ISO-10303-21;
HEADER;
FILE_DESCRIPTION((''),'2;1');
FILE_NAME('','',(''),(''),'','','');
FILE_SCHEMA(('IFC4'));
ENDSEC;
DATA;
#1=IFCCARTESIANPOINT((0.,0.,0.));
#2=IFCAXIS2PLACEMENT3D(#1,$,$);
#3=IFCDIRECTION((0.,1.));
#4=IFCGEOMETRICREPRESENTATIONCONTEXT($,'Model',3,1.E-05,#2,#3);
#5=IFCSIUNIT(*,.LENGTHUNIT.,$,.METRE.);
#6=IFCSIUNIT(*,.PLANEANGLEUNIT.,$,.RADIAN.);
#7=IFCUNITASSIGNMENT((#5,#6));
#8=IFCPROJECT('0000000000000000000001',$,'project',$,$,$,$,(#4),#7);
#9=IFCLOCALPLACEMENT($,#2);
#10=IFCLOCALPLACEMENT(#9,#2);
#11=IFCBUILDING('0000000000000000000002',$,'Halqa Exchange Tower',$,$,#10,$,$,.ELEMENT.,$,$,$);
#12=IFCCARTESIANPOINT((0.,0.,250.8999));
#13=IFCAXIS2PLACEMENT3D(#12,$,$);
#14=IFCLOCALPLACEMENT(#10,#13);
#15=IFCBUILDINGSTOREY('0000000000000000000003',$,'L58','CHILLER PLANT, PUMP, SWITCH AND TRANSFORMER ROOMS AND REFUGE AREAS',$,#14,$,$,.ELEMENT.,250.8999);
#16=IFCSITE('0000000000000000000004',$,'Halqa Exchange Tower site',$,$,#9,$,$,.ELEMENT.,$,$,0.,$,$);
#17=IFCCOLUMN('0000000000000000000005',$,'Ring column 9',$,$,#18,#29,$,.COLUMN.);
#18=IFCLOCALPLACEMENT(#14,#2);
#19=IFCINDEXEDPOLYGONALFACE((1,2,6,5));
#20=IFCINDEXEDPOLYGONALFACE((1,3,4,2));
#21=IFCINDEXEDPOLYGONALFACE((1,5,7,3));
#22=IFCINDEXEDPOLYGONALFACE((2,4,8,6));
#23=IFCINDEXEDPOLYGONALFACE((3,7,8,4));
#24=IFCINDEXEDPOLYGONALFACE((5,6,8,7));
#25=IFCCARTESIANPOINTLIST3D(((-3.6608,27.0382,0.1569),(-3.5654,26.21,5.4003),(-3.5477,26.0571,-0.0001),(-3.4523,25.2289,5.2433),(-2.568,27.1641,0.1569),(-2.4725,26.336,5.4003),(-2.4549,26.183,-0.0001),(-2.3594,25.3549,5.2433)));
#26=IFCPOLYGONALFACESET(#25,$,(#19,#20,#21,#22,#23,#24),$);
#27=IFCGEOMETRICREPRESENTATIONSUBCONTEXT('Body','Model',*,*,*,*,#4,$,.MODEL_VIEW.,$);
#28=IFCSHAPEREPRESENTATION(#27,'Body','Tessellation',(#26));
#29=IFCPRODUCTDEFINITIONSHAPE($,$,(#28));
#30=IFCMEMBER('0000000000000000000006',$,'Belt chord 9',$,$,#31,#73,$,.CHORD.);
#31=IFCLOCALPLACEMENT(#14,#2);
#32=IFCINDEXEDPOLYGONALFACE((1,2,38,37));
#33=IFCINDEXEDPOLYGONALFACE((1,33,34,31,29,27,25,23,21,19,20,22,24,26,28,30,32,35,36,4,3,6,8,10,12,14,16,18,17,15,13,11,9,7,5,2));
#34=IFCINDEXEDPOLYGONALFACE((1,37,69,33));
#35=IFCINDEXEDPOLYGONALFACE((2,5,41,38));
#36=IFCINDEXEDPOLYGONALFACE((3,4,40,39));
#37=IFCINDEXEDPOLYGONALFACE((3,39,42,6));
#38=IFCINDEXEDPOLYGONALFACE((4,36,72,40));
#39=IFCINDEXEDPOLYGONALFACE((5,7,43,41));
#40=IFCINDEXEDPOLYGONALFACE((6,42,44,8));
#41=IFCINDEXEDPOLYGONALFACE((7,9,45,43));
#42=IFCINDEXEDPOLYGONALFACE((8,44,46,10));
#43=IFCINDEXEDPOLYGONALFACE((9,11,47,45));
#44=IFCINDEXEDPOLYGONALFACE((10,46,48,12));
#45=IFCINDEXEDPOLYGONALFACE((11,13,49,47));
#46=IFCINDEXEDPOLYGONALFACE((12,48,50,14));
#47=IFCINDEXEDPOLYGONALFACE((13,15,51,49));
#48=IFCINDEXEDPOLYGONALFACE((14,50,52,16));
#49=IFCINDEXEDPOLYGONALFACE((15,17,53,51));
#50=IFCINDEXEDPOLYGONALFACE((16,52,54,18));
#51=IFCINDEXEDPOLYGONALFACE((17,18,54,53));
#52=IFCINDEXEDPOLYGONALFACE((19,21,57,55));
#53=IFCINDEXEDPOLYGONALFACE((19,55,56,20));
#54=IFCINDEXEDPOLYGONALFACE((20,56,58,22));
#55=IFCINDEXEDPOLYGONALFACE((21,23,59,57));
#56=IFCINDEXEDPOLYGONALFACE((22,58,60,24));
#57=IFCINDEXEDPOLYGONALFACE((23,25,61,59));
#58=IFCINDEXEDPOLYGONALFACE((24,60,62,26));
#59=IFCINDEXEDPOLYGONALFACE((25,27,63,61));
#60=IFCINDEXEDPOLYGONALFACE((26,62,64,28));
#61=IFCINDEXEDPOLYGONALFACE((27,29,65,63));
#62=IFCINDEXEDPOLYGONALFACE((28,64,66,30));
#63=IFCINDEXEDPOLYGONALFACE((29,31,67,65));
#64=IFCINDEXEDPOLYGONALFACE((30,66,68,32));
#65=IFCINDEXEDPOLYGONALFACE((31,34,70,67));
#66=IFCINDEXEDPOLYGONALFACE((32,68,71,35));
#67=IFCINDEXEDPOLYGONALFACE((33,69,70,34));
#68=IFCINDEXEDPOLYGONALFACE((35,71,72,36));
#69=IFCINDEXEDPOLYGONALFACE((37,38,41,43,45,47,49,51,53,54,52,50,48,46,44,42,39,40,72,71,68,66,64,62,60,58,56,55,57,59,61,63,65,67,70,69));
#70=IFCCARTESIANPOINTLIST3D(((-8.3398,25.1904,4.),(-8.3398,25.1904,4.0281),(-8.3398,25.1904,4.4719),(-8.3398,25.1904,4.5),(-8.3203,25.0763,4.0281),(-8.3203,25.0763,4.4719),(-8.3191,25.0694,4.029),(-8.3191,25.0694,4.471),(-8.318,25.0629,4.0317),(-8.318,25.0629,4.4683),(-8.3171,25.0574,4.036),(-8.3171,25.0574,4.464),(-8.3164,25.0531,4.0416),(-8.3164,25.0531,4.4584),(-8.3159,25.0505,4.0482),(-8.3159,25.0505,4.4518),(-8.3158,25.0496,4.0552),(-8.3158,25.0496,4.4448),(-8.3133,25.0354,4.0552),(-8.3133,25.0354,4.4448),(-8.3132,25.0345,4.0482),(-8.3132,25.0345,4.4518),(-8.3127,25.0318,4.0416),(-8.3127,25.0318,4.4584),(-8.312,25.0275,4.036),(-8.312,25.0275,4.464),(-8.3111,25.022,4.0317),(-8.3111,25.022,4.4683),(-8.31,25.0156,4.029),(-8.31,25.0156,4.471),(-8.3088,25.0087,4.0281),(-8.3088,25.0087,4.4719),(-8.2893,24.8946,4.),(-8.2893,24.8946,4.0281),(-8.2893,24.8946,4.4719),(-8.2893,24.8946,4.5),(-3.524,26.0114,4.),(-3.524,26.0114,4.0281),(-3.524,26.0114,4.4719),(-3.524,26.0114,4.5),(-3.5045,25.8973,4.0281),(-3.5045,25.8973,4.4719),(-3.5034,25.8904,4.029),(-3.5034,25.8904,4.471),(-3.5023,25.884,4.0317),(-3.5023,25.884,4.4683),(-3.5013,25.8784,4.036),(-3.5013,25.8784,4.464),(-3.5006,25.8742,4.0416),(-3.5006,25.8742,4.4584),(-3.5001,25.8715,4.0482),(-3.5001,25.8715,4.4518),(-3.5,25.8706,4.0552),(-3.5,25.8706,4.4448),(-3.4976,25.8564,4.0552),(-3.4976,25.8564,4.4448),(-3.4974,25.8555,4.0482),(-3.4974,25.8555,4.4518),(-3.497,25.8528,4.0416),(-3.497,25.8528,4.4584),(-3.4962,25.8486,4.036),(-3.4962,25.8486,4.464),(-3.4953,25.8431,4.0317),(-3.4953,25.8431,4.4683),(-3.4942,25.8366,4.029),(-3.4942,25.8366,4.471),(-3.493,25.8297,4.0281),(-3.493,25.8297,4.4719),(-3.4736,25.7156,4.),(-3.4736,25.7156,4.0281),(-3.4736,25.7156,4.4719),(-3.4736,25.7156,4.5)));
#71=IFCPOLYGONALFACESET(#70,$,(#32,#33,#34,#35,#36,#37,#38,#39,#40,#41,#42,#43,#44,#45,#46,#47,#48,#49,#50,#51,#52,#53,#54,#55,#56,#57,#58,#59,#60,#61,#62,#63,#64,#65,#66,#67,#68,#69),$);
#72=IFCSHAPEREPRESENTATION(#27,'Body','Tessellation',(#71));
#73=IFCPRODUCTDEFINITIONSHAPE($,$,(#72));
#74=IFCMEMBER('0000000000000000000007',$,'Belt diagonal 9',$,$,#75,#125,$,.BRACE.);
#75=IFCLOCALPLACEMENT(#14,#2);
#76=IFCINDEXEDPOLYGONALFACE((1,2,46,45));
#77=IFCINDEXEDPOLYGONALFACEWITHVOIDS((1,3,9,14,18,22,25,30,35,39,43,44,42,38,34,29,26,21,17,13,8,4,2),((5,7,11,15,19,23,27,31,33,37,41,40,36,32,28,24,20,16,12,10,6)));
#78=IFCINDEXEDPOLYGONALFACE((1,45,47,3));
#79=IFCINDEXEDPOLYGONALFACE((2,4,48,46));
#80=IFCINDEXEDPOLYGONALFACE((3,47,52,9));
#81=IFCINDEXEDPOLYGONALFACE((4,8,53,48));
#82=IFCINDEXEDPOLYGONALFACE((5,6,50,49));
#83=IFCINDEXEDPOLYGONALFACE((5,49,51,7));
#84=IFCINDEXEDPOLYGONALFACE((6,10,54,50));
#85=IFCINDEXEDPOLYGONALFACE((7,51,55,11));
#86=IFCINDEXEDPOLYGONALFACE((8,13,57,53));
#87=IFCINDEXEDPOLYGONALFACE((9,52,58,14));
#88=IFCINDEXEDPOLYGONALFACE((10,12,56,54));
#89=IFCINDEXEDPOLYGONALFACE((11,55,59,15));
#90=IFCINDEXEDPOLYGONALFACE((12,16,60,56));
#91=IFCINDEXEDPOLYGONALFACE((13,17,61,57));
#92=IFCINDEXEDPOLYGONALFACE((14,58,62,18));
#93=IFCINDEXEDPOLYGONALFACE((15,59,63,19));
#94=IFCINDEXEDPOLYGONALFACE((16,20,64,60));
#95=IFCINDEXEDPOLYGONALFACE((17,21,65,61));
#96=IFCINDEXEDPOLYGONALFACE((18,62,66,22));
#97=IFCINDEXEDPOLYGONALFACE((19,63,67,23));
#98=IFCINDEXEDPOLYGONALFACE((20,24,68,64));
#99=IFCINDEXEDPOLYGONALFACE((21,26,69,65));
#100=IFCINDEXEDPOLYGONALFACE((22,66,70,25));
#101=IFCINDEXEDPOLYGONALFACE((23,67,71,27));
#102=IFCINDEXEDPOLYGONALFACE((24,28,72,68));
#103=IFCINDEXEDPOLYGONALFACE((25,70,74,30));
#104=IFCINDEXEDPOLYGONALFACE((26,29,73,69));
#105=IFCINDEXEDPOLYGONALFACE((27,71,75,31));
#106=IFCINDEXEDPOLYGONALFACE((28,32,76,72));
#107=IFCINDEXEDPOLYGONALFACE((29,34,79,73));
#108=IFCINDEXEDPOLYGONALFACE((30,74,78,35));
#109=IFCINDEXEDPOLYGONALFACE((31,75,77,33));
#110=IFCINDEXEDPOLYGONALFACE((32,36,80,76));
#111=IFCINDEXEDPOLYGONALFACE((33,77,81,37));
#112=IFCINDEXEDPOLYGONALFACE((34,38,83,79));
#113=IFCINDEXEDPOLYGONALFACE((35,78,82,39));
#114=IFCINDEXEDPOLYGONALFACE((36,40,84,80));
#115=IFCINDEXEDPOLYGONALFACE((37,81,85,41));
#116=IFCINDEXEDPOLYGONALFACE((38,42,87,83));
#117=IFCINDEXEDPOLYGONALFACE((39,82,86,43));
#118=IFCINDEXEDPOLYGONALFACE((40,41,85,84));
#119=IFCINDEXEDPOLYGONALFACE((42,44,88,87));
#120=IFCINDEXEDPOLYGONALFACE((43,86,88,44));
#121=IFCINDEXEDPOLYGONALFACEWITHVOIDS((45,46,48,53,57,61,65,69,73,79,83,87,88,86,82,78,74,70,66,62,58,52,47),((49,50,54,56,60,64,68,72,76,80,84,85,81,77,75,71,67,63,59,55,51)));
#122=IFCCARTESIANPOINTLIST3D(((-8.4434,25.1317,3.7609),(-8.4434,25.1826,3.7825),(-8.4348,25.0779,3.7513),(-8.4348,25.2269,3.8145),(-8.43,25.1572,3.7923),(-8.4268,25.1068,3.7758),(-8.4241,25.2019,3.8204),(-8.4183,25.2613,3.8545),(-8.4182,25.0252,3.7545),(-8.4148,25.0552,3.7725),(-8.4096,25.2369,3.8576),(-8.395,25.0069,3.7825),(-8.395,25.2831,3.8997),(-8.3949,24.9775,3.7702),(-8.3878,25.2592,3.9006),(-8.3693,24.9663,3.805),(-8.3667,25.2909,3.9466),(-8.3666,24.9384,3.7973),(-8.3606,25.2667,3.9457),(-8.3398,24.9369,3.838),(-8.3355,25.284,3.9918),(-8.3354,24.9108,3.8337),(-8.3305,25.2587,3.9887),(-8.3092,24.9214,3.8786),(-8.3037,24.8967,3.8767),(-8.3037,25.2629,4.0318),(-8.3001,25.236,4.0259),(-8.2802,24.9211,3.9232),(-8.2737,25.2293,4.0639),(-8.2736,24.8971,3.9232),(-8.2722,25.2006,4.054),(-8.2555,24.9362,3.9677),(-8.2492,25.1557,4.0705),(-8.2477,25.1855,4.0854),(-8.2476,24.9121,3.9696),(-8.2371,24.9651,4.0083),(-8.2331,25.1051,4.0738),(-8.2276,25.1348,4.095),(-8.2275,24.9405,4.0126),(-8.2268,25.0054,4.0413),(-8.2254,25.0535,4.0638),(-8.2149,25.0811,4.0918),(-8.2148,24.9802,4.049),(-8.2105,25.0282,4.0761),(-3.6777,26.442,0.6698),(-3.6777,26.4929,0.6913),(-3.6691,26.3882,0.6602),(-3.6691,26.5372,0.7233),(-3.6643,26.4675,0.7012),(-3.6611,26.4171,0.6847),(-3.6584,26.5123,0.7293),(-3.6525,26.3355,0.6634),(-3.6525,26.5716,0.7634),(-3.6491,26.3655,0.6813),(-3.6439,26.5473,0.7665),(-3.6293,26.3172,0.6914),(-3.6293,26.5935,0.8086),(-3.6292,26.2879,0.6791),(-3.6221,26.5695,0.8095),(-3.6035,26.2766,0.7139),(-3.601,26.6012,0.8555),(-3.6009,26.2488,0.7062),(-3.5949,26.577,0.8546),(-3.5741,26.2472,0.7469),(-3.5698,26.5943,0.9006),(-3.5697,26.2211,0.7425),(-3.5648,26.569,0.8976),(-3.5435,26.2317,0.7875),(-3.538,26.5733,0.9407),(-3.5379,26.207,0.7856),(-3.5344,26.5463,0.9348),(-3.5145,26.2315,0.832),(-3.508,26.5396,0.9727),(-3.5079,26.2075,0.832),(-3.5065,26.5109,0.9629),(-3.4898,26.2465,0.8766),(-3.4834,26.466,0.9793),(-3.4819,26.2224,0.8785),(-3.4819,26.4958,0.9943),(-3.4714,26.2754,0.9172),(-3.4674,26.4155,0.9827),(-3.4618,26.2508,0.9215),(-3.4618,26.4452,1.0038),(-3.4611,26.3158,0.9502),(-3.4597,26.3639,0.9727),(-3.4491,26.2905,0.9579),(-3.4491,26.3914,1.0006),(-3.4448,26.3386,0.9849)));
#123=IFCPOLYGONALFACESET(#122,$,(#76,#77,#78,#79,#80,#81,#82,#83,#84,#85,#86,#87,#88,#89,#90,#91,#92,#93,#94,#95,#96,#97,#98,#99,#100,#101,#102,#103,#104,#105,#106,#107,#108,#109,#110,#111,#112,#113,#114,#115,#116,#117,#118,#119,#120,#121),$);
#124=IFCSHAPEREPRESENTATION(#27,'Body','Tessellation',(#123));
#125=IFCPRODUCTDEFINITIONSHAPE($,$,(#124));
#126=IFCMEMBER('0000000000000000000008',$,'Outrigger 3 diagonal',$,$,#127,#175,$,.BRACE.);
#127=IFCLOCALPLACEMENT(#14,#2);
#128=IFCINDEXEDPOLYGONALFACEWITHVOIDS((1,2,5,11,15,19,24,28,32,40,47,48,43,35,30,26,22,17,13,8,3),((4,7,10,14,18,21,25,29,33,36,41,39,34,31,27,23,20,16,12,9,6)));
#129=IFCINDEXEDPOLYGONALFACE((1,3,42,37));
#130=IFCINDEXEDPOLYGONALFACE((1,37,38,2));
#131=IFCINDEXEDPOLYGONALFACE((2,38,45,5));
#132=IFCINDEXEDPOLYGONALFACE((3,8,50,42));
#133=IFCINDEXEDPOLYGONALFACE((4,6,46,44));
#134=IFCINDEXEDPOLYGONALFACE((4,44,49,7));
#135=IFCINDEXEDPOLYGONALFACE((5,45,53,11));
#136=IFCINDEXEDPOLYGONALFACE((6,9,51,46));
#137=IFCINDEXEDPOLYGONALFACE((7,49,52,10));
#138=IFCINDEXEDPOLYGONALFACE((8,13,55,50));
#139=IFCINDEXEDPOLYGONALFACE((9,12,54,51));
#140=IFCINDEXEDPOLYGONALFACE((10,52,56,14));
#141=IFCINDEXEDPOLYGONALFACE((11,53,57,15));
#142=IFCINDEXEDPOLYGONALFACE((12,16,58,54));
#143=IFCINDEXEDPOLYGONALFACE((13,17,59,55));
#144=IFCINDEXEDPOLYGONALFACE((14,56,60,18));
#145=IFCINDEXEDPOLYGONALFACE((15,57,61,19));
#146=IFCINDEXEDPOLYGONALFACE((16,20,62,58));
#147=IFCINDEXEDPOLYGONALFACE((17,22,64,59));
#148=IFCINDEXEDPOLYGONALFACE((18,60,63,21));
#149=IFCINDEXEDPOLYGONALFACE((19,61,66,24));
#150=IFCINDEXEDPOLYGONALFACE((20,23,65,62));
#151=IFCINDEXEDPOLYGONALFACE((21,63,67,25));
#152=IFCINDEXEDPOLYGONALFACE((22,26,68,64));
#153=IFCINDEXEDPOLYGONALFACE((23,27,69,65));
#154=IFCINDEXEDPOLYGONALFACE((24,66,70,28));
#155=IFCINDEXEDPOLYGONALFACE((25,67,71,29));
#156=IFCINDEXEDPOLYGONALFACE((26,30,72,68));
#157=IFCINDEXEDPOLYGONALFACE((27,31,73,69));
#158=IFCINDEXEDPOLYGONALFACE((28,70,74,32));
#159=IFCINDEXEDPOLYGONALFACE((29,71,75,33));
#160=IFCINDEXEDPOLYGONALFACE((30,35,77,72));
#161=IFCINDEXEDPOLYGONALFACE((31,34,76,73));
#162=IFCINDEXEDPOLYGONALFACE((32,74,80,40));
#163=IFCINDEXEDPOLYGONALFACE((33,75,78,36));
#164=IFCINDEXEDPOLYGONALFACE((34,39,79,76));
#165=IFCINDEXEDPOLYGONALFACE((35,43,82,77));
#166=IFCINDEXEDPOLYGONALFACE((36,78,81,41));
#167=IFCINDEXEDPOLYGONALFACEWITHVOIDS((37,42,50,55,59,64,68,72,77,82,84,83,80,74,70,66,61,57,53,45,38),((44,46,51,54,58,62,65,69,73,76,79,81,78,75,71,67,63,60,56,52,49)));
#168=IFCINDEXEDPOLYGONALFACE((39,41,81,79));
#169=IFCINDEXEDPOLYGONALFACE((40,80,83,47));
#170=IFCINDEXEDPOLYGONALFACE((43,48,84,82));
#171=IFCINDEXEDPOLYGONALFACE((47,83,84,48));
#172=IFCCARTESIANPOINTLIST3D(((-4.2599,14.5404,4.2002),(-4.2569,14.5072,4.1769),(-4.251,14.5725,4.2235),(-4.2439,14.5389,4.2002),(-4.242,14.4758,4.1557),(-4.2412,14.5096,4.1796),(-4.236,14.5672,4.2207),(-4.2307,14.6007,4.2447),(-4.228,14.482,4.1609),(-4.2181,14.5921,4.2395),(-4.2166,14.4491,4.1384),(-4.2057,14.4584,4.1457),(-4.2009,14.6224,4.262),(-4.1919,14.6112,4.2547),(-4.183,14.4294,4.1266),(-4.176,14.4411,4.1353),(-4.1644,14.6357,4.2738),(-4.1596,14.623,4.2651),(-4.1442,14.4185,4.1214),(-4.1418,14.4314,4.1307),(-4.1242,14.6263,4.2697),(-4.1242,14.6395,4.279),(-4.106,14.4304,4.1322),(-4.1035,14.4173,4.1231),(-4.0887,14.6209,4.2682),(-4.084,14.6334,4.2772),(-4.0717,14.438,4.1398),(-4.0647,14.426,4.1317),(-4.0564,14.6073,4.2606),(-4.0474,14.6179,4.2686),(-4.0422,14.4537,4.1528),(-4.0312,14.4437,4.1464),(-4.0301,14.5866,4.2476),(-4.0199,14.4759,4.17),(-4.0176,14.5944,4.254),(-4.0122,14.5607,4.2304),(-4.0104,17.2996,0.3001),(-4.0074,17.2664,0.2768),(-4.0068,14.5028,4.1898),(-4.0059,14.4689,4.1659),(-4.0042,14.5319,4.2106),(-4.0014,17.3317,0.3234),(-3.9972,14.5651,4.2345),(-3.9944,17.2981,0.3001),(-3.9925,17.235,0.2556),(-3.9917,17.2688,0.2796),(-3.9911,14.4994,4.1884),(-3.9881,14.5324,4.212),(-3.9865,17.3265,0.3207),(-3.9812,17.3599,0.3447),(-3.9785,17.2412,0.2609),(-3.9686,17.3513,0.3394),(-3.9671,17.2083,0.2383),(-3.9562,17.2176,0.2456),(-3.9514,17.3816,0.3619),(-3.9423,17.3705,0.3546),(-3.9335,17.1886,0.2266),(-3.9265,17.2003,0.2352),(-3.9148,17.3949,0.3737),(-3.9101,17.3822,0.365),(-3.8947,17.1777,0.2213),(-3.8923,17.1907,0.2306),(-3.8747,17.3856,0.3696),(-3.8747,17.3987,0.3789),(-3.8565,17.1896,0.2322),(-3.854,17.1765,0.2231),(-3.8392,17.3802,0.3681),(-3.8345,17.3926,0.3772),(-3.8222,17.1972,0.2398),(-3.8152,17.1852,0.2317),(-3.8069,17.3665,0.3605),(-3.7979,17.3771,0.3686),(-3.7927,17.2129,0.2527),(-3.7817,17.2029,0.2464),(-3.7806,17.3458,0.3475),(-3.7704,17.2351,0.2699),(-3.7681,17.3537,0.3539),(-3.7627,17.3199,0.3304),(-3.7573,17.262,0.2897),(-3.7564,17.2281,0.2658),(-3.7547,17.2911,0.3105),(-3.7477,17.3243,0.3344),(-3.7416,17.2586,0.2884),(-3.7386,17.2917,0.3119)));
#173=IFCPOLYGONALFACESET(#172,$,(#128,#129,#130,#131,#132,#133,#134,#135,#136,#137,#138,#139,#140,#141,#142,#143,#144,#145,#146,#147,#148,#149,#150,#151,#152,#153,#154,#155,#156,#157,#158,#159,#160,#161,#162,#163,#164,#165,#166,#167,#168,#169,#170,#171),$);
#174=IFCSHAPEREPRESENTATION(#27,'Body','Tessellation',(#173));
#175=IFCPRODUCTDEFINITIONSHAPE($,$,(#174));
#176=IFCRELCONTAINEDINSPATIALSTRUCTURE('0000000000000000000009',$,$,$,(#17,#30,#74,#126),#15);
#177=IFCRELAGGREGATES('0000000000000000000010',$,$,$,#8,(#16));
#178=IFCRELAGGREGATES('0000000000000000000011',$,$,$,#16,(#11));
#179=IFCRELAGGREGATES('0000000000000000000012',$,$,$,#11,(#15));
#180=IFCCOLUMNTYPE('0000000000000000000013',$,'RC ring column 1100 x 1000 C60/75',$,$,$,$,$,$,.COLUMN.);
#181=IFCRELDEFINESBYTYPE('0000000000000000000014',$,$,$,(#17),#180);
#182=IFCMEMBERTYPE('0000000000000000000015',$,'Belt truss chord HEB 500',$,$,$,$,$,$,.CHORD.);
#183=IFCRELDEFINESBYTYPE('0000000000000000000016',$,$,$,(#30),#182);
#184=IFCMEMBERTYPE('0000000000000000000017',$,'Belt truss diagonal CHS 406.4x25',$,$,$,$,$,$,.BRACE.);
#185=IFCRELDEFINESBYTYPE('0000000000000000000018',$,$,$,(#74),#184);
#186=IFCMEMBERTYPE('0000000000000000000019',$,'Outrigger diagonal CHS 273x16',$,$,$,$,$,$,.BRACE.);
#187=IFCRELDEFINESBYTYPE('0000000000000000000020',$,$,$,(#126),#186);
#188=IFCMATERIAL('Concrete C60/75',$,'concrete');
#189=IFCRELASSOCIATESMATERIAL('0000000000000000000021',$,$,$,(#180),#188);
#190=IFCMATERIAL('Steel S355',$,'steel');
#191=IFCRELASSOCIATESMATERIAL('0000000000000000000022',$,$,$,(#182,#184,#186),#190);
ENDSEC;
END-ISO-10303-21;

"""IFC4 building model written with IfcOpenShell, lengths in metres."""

from ifc_helpers import new_model, si_unit, direction, frame, origin, origin_2d, place, context, subcontext, project, spatial, rectangle, hollow_circle, i_section, extrude, material, material_profile, profile_set, type_object, element, save


model = new_model("IFC4")

# Units and contexts
model_context = context("Model", 3, precision=1e-05, world=origin(), true_north=direction((0.0, 1.0)))
body_context = subcontext(model_context, "Body", "Model", "MODEL_VIEW")
ifc_project = project(units=[si_unit("LENGTHUNIT", "METRE"), si_unit("PLANEANGLEUNIT", "RADIAN")], contexts=[model_context])

# Site, building, storey
site_placement = place(None, origin())
site = spatial("IfcSite", under=ifc_project, at=site_placement, Name="Halqa Exchange Tower site", CompositionType="ELEMENT", RefElevation=0.0)
building_placement = place(site_placement, origin())
building = spatial("IfcBuilding", under=site, at=building_placement, Name="Halqa Exchange Tower", CompositionType="ELEMENT")
storey_placement = place(building_placement, frame((0.0, 0.0, 250.8999)))
storey = spatial("IfcBuildingStorey", under=building, at=storey_placement, Name="L58", Description="CHILLER PLANT, PUMP, SWITCH AND TRANSFORMER ROOMS AND REFUGE AREAS", CompositionType="ELEMENT", Elevation=250.8999)

# Column
ifc_material_1 = material(Name="Concrete C60/75", Category="concrete")
ifc_material_profile_1 = material_profile(ifc_material_1, rectangle(XDim=1.1001, YDim=1.0, at=origin_2d()), Name="1100 x 1000")
ifc_profile_set_1 = profile_set([ifc_material_profile_1], Name="Concrete C60/75")
column_type = type_object("IfcColumnType", Name="RC ring column 1100 x 1000 C60/75", PredefinedType="COLUMN", material=ifc_profile_set_1)
column_placement = place(storey_placement, frame((-3.0579, 26.6106, 0.0784), z_axis=(0.01798, -0.155978, 0.987597), x_axis=(0.993422, 0.114513, 0.0)))
element("IfcColumn", 1, at=column_placement, inside=storey, type_object=column_type, Name="Ring column 9", PredefinedType="COLUMN", context=body_context, shape_type="SweptSolid", body=[
    extrude(rectangle(XDim=1.1001, YDim=1.0, at=origin_2d()), origin(), (0.0, 0.0, 1.0), 5.3093),
])

# Members
ifc_material_2 = material(Name="Steel S355", Category="steel")
ifc_material_profile_2 = material_profile(ifc_material_2, i_section(OverallWidth=0.3, OverallDepth=0.5, WebThickness=0.0144, FlangeThickness=0.0281, FilletRadius=0.0271, at=origin_2d()), Name="HEB 500")
ifc_profile_set_2 = profile_set([ifc_material_profile_2], Name="Steel S355")
member_type_1 = type_object("IfcMemberType", Name="Belt truss chord HEB 500", PredefinedType="CHORD", material=ifc_profile_set_2)
member_1_placement = place(storey_placement, frame((-3.4988, 25.8635, 4.25), z_axis=(-0.985775, -0.168069, 0.0), x_axis=(0.168069, -0.985775, 0.0)))
element("IfcMember", 2, at=member_1_placement, inside=storey, type_object=member_type_1, Name="Belt chord 9", PredefinedType="CHORD", context=body_context, shape_type="SweptSolid", body=[
    extrude(i_section(OverallWidth=0.3, OverallDepth=0.5, WebThickness=0.0144, FlangeThickness=0.0281, FilletRadius=0.0271, at=origin_2d()), origin(), (0.0, 0.0, 1.0), 4.8853),
])
ifc_material_profile_3 = material_profile(ifc_material_2, hollow_circle(Radius=0.2031, WallThickness=0.0249, at=origin_2d()), Name="CHS 406.4x25")
ifc_profile_set_3 = profile_set([ifc_material_profile_3], Name="Steel S355")
member_type_2 = type_object("IfcMemberType", Name="Belt truss diagonal CHS 406.4x25", PredefinedType="BRACE", material=ifc_profile_set_3)
member_2_placement = place(storey_placement, frame((-3.5618, 26.4033, 0.832), z_axis=(-0.817505, -0.224772, 0.530248), x_axis=(0.265111, -0.964218, 0.0)))
element("IfcMember", 3, at=member_2_placement, inside=storey, type_object=member_type_2, Name="Belt diagonal 9", PredefinedType="BRACE", context=body_context, shape_type="SweptSolid", body=[
    extrude(hollow_circle(Radius=0.2031, WallThickness=0.0249, at=origin_2d()), origin(), (0.0, 0.0, 1.0), 5.8296),
])
ifc_material_profile_4 = material_profile(ifc_material_2, hollow_circle(Radius=0.1365, WallThickness=0.0161, at=origin_2d()), Name="CHS 273x16")
ifc_profile_set_4 = profile_set([ifc_material_profile_4], Name="Steel S355")
member_type_3 = type_object("IfcMemberType", Name="Outrigger diagonal CHS 273x16", PredefinedType="BRACE", material=ifc_profile_set_4)
member_3_placement = place(storey_placement, frame((-4.124, 14.5281, 4.2002), z_axis=(0.052155, 0.576768, -0.815242), x_axis=(-0.995936, 0.090059, 0.0)))
element("IfcMember", 4, at=member_3_placement, inside=storey, type_object=member_type_3, Name="Outrigger 3 diagonal", PredefinedType="BRACE", context=body_context, shape_type="SweptSolid", body=[
    extrude(hollow_circle(Radius=0.1365, WallThickness=0.0161, at=origin_2d()), origin(), (0.0, 0.0, 1.0), 4.7839),
])

save(model, "model.ifc")
